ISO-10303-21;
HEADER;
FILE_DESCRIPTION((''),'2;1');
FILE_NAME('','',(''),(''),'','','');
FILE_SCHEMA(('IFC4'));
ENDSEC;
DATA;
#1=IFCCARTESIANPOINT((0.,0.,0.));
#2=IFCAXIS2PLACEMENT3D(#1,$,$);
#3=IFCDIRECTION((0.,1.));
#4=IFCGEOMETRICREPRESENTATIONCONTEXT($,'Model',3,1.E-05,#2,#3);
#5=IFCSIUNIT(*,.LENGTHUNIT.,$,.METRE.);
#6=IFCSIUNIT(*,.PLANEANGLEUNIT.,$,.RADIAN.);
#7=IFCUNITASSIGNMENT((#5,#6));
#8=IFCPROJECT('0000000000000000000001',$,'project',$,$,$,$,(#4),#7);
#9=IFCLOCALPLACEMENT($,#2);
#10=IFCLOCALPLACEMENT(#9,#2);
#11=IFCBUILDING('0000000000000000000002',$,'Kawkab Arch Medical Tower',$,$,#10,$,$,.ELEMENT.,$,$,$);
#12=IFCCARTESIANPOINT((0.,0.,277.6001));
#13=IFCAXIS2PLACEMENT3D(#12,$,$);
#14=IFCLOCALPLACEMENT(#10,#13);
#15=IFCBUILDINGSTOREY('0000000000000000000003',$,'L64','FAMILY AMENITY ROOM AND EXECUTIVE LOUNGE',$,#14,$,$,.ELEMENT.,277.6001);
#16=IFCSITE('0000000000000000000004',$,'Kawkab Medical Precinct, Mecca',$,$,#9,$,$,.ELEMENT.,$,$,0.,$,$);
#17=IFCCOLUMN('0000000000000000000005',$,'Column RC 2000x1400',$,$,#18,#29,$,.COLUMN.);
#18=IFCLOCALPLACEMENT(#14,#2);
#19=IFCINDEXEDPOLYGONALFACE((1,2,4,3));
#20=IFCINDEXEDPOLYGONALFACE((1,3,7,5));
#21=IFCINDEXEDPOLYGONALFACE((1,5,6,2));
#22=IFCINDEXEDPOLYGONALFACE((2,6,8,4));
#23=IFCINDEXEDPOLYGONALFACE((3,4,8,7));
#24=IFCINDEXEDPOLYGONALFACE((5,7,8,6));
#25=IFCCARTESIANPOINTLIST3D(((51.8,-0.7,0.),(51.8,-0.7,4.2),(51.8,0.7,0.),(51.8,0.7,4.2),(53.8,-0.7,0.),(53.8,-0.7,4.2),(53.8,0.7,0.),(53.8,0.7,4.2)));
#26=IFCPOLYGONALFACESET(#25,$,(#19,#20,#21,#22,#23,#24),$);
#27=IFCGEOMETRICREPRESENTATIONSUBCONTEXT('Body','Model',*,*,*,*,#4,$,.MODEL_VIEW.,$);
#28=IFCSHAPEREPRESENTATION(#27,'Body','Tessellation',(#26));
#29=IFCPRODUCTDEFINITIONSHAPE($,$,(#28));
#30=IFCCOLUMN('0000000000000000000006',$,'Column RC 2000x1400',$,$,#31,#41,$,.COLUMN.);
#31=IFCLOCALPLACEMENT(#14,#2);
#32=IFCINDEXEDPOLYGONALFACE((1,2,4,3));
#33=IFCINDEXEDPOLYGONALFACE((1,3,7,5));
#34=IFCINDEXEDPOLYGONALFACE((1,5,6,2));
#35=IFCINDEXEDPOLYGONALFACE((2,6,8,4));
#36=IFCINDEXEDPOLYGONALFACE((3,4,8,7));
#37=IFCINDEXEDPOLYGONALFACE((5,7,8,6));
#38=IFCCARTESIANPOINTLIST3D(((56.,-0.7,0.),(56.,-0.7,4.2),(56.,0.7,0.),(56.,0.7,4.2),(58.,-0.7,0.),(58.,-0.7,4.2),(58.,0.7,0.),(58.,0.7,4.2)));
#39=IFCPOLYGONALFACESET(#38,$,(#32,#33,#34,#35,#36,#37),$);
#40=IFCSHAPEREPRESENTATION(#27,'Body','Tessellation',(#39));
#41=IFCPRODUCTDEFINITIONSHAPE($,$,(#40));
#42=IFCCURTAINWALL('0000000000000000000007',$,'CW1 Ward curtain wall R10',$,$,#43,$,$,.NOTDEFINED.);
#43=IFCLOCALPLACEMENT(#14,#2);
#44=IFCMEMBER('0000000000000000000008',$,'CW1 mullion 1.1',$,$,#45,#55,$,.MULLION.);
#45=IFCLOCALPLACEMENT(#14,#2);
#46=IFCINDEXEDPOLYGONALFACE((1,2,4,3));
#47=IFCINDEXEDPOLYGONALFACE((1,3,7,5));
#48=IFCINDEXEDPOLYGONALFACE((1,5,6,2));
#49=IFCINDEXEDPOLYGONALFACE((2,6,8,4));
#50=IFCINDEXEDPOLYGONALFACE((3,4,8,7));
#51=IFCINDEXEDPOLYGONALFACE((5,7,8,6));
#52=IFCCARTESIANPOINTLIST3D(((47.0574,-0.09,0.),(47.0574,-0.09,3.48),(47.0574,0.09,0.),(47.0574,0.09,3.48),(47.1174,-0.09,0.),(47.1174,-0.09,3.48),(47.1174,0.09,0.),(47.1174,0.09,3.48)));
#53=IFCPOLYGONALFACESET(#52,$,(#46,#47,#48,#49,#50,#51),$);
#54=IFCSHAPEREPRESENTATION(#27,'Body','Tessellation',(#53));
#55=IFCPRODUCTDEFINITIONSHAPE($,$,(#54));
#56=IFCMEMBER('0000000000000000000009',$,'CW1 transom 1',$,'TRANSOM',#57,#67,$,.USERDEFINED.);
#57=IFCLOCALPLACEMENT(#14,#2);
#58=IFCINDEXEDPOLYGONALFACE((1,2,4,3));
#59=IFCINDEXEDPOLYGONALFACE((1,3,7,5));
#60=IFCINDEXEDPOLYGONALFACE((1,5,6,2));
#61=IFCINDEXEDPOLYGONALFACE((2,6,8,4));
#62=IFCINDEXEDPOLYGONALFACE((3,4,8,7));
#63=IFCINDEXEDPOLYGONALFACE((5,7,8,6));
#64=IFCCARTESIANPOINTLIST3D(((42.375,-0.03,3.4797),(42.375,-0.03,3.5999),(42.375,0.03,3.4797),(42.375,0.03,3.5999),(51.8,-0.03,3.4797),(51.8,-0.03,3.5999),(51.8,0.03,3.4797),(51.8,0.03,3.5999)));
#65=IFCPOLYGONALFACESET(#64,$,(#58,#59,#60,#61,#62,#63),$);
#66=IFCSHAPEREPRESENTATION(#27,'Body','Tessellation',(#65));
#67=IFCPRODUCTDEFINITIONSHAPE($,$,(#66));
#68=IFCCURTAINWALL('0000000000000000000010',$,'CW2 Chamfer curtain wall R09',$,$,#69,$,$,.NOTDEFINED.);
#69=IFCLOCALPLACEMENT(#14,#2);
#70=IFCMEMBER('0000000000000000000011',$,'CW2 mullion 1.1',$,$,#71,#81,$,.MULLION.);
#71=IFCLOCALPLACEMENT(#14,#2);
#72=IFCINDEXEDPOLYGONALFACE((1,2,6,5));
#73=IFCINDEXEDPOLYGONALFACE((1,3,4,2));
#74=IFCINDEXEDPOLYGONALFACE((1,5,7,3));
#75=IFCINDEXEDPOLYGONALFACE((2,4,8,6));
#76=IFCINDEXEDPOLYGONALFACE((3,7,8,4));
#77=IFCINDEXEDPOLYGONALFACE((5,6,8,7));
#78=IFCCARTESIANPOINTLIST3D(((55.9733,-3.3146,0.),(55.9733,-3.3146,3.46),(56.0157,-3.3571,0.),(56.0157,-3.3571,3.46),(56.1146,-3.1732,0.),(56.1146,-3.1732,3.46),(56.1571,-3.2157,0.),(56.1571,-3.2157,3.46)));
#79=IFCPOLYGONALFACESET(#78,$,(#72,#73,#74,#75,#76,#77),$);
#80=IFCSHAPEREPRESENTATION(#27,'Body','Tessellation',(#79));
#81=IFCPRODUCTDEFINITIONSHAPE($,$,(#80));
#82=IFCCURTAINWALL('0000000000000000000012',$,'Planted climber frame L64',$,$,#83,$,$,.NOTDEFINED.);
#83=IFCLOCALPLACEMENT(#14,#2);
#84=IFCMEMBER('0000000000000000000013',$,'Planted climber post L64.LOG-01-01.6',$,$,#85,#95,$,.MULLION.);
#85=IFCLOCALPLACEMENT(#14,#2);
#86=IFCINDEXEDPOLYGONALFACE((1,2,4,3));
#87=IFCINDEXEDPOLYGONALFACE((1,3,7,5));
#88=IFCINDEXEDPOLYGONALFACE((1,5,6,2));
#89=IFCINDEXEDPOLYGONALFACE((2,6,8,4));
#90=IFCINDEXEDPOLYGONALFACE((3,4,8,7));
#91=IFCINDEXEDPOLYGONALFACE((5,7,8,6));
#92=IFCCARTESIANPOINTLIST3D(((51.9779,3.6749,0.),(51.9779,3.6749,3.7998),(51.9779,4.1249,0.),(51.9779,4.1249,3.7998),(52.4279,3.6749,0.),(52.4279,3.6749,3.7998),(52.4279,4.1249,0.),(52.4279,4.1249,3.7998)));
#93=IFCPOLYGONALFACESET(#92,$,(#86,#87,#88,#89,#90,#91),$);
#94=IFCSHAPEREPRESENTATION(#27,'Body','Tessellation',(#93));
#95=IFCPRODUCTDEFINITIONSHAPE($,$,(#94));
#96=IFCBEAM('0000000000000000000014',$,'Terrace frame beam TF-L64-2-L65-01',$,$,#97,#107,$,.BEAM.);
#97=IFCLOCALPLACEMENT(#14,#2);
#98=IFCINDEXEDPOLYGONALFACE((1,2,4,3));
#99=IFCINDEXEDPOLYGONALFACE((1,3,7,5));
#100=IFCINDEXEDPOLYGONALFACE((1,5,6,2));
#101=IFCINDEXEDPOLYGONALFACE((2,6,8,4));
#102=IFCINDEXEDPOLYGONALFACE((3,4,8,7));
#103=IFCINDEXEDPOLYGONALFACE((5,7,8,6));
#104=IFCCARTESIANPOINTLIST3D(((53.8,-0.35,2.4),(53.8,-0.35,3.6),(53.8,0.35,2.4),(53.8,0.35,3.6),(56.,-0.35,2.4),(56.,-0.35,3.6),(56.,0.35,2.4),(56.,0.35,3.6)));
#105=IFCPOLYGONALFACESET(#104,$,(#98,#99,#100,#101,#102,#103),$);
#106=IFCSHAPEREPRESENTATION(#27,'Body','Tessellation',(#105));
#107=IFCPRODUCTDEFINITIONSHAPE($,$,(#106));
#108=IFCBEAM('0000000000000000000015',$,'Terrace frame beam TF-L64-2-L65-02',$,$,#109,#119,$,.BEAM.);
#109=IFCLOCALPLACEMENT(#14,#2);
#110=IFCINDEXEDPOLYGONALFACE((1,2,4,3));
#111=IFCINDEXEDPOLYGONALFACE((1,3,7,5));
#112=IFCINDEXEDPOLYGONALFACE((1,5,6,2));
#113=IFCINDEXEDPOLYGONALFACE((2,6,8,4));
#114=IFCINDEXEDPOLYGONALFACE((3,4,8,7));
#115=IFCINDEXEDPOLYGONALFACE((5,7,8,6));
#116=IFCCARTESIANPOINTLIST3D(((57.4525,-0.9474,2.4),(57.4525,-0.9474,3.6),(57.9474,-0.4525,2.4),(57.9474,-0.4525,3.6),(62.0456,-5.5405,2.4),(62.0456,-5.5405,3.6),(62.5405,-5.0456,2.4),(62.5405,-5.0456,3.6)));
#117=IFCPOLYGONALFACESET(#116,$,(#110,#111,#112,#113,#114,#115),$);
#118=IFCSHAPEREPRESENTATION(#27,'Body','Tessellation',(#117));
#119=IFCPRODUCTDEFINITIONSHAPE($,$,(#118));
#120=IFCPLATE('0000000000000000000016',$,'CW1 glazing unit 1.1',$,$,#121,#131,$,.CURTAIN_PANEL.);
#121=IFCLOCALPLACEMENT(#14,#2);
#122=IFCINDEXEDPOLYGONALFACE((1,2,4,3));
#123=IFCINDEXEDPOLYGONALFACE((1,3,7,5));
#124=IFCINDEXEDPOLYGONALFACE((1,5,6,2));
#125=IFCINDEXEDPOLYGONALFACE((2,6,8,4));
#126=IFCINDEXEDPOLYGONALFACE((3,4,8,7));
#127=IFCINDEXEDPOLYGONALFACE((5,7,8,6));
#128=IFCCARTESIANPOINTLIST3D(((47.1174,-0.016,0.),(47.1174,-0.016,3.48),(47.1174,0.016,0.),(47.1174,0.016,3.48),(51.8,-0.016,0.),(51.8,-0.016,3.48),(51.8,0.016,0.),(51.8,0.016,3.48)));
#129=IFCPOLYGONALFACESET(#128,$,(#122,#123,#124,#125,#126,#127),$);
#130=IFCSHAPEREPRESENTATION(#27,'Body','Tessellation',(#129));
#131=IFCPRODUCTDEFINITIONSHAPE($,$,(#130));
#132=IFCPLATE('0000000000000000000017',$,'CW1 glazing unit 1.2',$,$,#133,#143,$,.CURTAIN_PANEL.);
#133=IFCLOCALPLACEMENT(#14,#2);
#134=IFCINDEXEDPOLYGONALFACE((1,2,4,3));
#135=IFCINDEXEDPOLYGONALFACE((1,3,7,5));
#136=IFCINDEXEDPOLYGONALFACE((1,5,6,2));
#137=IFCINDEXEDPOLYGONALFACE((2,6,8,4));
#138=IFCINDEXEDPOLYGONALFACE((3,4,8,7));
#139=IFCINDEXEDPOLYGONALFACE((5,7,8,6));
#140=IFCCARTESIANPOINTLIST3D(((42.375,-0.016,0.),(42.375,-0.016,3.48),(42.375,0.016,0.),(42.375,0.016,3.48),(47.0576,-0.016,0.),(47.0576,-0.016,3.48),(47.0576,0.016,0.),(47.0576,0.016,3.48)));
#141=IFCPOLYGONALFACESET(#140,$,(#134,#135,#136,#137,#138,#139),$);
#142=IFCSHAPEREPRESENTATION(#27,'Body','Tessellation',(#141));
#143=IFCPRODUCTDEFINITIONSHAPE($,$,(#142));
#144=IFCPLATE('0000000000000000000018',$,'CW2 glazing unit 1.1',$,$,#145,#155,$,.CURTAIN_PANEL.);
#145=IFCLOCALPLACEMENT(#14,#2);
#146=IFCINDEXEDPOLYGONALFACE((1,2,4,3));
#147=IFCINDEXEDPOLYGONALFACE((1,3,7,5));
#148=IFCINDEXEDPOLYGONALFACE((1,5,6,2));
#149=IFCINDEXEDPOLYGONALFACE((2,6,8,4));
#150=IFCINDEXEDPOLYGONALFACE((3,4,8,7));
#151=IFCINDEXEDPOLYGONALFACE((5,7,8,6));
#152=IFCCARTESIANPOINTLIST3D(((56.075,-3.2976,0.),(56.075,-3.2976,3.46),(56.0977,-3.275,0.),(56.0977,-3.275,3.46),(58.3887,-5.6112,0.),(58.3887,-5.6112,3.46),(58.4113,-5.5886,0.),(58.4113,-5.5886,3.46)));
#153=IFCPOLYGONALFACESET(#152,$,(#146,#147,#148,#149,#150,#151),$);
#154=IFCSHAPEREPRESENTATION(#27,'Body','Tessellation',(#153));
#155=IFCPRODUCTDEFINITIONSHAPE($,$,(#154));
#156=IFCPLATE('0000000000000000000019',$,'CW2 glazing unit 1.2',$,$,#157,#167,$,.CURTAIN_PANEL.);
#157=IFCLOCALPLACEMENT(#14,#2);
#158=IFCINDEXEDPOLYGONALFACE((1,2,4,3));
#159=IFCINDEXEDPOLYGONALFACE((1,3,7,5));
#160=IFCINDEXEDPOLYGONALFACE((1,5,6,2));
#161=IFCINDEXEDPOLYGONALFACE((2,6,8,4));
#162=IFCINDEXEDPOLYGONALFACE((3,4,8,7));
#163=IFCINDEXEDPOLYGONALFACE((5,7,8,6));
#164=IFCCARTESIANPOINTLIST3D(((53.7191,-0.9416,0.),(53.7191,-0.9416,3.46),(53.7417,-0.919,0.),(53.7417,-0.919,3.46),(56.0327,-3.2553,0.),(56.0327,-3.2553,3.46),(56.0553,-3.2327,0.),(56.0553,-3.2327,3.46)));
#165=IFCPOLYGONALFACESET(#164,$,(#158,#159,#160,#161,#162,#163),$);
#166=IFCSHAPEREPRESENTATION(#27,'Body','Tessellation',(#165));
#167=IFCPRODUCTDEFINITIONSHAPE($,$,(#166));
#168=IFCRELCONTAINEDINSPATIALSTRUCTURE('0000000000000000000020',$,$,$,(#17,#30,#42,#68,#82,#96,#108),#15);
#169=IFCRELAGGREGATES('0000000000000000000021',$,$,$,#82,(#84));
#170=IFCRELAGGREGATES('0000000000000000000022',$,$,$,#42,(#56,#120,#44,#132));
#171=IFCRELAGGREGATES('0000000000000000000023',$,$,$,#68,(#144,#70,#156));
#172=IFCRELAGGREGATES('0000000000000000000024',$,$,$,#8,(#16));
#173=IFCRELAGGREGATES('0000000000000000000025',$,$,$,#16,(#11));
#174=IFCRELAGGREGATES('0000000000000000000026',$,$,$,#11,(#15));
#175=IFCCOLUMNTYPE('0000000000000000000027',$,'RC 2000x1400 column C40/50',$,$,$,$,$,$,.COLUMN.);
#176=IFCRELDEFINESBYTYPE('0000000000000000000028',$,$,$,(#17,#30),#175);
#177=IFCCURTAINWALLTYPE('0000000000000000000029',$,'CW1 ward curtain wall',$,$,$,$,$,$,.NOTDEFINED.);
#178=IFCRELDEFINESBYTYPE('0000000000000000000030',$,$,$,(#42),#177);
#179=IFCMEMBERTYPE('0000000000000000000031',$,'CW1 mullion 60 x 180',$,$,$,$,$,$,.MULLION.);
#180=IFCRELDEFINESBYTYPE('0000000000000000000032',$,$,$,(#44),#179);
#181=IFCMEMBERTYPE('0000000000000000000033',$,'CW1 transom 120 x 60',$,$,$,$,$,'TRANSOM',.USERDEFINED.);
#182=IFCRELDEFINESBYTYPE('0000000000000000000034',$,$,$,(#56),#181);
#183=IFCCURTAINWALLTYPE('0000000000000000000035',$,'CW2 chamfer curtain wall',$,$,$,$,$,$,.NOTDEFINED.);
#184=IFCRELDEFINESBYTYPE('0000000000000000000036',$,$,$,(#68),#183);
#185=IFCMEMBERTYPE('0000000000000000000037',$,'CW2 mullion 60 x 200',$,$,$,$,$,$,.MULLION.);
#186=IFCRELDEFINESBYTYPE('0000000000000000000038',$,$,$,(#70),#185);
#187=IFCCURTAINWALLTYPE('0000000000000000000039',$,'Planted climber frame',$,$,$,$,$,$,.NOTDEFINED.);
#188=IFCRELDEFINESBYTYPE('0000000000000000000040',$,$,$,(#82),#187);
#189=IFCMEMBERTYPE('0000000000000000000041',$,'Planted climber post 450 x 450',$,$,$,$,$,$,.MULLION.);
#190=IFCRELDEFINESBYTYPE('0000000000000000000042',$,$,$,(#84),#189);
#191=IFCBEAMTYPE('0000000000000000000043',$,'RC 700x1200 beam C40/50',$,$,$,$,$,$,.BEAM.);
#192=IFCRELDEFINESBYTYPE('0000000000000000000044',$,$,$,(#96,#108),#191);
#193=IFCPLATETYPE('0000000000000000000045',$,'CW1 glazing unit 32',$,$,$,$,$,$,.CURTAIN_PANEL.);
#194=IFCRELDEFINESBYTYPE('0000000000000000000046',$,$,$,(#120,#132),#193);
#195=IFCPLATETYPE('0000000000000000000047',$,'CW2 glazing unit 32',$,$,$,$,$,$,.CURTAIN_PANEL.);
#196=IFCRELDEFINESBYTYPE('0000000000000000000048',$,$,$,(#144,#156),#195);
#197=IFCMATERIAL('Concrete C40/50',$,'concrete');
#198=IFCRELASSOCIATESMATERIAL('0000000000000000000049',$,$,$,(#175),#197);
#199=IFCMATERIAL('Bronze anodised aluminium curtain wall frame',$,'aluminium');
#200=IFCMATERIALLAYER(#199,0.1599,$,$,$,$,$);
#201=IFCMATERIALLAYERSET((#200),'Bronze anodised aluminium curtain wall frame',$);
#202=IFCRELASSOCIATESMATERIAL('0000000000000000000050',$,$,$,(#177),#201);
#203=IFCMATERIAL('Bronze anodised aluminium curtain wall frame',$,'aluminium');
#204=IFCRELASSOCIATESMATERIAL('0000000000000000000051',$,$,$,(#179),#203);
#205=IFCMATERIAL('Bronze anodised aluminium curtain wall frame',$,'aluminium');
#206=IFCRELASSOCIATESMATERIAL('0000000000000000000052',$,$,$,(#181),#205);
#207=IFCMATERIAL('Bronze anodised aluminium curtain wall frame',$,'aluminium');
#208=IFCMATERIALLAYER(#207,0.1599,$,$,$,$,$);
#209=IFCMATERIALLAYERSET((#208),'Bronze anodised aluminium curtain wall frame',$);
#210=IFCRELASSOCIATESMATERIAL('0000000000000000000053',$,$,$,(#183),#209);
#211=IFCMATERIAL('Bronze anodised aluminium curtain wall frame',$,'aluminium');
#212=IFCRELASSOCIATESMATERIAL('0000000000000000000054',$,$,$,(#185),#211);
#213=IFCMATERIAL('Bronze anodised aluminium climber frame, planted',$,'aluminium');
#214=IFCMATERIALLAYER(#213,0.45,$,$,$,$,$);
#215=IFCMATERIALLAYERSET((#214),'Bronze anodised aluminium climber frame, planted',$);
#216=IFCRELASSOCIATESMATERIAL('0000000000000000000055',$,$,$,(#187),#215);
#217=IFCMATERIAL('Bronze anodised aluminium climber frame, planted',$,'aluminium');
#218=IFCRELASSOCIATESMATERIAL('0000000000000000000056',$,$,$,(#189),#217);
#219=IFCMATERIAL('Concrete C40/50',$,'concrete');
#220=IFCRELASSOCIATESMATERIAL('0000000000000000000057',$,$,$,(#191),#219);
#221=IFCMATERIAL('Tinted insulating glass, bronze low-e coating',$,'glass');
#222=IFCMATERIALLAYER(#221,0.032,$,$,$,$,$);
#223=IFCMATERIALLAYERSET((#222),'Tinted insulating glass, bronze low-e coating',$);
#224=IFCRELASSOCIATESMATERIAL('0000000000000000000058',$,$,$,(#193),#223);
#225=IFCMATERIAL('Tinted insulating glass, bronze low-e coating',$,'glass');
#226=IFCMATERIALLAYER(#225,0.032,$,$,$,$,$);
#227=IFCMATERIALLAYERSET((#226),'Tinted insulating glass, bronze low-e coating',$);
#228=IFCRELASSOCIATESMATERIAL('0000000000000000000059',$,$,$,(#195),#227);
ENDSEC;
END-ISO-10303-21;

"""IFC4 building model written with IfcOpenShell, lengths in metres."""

from ifc_helpers import new_model, si_unit, direction, frame, origin, origin_2d, place, context, subcontext, project, spatial, rectangle, extrude, material, layer, layer_set, material_profile, profile_set, type_object, element, aggregate, save


model = new_model("IFC4")

# Units and contexts
model_context = context("Model", 3, precision=1e-05, world=origin(), true_north=direction((0.0, 1.0)))
body_context = subcontext(model_context, "Body", "Model", "MODEL_VIEW")
ifc_project = project(units=[si_unit("LENGTHUNIT", "METRE"), si_unit("PLANEANGLEUNIT", "RADIAN")], contexts=[model_context])

# Site, building, storey
site_placement = place(None, origin())
site = spatial("IfcSite", under=ifc_project, at=site_placement, Name="Kawkab Medical Precinct, Mecca", CompositionType="ELEMENT", RefElevation=0.0)
building_placement = place(site_placement, origin())
building = spatial("IfcBuilding", under=site, at=building_placement, Name="Kawkab Arch Medical Tower", CompositionType="ELEMENT")
storey_placement = place(building_placement, frame((0.0, 0.0, 277.6001)))
storey = spatial("IfcBuildingStorey", under=building, at=storey_placement, Name="L64", Description="FAMILY AMENITY ROOM AND EXECUTIVE LOUNGE", CompositionType="ELEMENT", Elevation=277.6001)

# Columns
ifc_material_1 = material(Name="Concrete C40/50", Category="concrete")
ifc_material_profile_1 = material_profile(ifc_material_1, rectangle(XDim=2.0, YDim=1.3999, at=origin_2d()), Name="RC 2000x1400")
ifc_profile_set_1 = profile_set([ifc_material_profile_1], Name="Concrete C40/50")
column_type = type_object("IfcColumnType", Name="RC 2000x1400 column C40/50", PredefinedType="COLUMN", material=ifc_profile_set_1)
for number, where, z_axis, x_axis, name in (
    (1, (52.8, 0.0, 0.0), (0.0, 0.0, 1.0), (1.0, 0.0, 0.0), "Column RC 2000x1400"),
    (2, (57.0, 0.0, 0.0), (0.0, 0.0, 1.0), (1.0, 0.0, 0.0), "Column RC 2000x1400"),
):
    element("IfcColumn", number, at=place(storey_placement, frame(where, z_axis=z_axis, x_axis=x_axis)), inside=storey, type_object=column_type, Name=name, PredefinedType="COLUMN", context=body_context, shape_type="SweptSolid", body=[
        extrude(rectangle(XDim=2.0, YDim=1.3999, at=origin_2d()), origin(), (0.0, 0.0, 1.0), 4.2),
    ])

# Curtain wall, members
ifc_material_2 = material(Name="Bronze anodised aluminium curtain wall frame", Category="aluminium")
ifc_layer_1 = layer(ifc_material_2, 0.1599)
ifc_layer_set_1 = layer_set([ifc_layer_1], Name="Bronze anodised aluminium curtain wall frame")
curtain_wall_type_1 = type_object("IfcCurtainWallType", Name="CW1 ward curtain wall", PredefinedType="NOTDEFINED", material=ifc_layer_set_1)
placement = place(storey_placement, origin())
curtain_wall_1 = element("IfcCurtainWall", 3, at=placement, inside=storey, type_object=curtain_wall_type_1, Name="CW1 Ward curtain wall R10", PredefinedType="NOTDEFINED")
ifc_material_3 = material(Name="Bronze anodised aluminium curtain wall frame", Category="aluminium")
ifc_material_profile_2 = material_profile(ifc_material_3, rectangle(XDim=0.1799, YDim=0.0601, at=origin_2d()), Name="AL 60x180")
ifc_profile_set_2 = profile_set([ifc_material_profile_2], Name="Bronze anodised aluminium curtain wall frame")
member_type_1 = type_object("IfcMemberType", Name="CW1 mullion 60 x 180", PredefinedType="MULLION", material=ifc_profile_set_2)
member_1_placement = place(storey_placement, frame((47.0874, 0.0, 0.0), z_axis=(0.0, 0.0, 1.0), x_axis=(0.0, -1.0, 0.0)))
member_1 = element("IfcMember", 4, at=member_1_placement, type_object=member_type_1, Name="CW1 mullion 1.1", PredefinedType="MULLION", context=body_context, shape_type="SweptSolid", body=[
    extrude(rectangle(XDim=0.1799, YDim=0.0601, at=origin_2d()), origin(), (0.0, 0.0, 1.0), 3.48),
])
ifc_material_4 = material(Name="Bronze anodised aluminium curtain wall frame", Category="aluminium")
ifc_material_profile_3 = material_profile(ifc_material_4, rectangle(XDim=0.0601, YDim=0.1201, at=origin_2d()), Name="AL 60x120")
ifc_profile_set_3 = profile_set([ifc_material_profile_3], Name="Bronze anodised aluminium curtain wall frame")
member_type_2 = type_object("IfcMemberType", Name="CW1 transom 120 x 60", ElementType="TRANSOM", PredefinedType="USERDEFINED", material=ifc_profile_set_3)
member_2_placement = place(storey_placement, frame((51.8, 0.0, 3.5398), z_axis=(-1.0, 0.0, 0.0), x_axis=(0.0, -1.0, 0.0)))
member_2 = element("IfcMember", 5, at=member_2_placement, type_object=member_type_2, Name="CW1 transom 1", ObjectType="TRANSOM", PredefinedType="USERDEFINED", context=body_context, shape_type="SweptSolid", body=[
    extrude(rectangle(XDim=0.0601, YDim=0.1201, at=origin_2d()), origin(), (0.0, 0.0, 1.0), 9.425),
])

# Curtain walls, members
ifc_material_5 = material(Name="Bronze anodised aluminium curtain wall frame", Category="aluminium")
ifc_layer_2 = layer(ifc_material_5, 0.1599)
ifc_layer_set_2 = layer_set([ifc_layer_2], Name="Bronze anodised aluminium curtain wall frame")
curtain_wall_type_2 = type_object("IfcCurtainWallType", Name="CW2 chamfer curtain wall", PredefinedType="NOTDEFINED", material=ifc_layer_set_2)
curtain_wall_2 = element("IfcCurtainWall", 6, at=placement, inside=storey, type_object=curtain_wall_type_2, Name="CW2 Chamfer curtain wall R09", PredefinedType="NOTDEFINED")
ifc_material_6 = material(Name="Bronze anodised aluminium curtain wall frame", Category="aluminium")
ifc_material_profile_4 = material_profile(ifc_material_6, rectangle(XDim=0.2, YDim=0.0601, at=origin_2d()), Name="AL 60x200")
ifc_profile_set_4 = profile_set([ifc_material_profile_4], Name="Bronze anodised aluminium curtain wall frame")
member_type_3 = type_object("IfcMemberType", Name="CW2 mullion 60 x 200", PredefinedType="MULLION", material=ifc_profile_set_4)
member_3_placement = place(storey_placement, frame((56.0652, -3.2651, 0.0), z_axis=(0.0, 0.0, 1.0), x_axis=(-0.707107, -0.707107, 0.0)))
member_3 = element("IfcMember", 7, at=member_3_placement, type_object=member_type_3, Name="CW2 mullion 1.1", PredefinedType="MULLION", context=body_context, shape_type="SweptSolid", body=[
    extrude(rectangle(XDim=0.2, YDim=0.0601, at=origin_2d()), origin(), (0.0, 0.0, 1.0), 3.46),
])
ifc_material_7 = material(Name="Bronze anodised aluminium climber frame, planted", Category="aluminium")
ifc_layer_3 = layer(ifc_material_7, 0.45)
ifc_layer_set_3 = layer_set([ifc_layer_3], Name="Bronze anodised aluminium climber frame, planted")
curtain_wall_type_3 = type_object("IfcCurtainWallType", Name="Planted climber frame", PredefinedType="NOTDEFINED", material=ifc_layer_set_3)
curtain_wall_3 = element("IfcCurtainWall", 8, at=placement, inside=storey, type_object=curtain_wall_type_3, Name="Planted climber frame L64", PredefinedType="NOTDEFINED")
ifc_material_8 = material(Name="Bronze anodised aluminium climber frame, planted", Category="aluminium")
ifc_material_profile_5 = material_profile(ifc_material_8, rectangle(XDim=0.45, YDim=0.45, at=origin_2d()), Name="Post 450x450")
ifc_profile_set_5 = profile_set([ifc_material_profile_5], Name="Bronze anodised aluminium climber frame, planted")
member_type_4 = type_object("IfcMemberType", Name="Planted climber post 450 x 450", PredefinedType="MULLION", material=ifc_profile_set_5)
member_4_placement = place(storey_placement, frame((52.2029, 3.8999, 0.0), z_axis=(0.0, 0.0, 1.0), x_axis=(1.0, 0.0, 0.0)))
member_4 = element("IfcMember", 9, at=member_4_placement, type_object=member_type_4, Name="Planted climber post L64.LOG-01-01.6", PredefinedType="MULLION", context=body_context, shape_type="SweptSolid", body=[
    extrude(rectangle(XDim=0.45, YDim=0.45, at=origin_2d()), origin(), (0.0, 0.0, 1.0), 3.7998),
])
aggregate(curtain_wall_3, [member_4])

# Beams
ifc_material_9 = material(Name="Concrete C40/50", Category="concrete")
ifc_material_profile_6 = material_profile(ifc_material_9, rectangle(XDim=0.7, YDim=1.2, at=origin_2d()), Name="RC 700x1200")
ifc_profile_set_6 = profile_set([ifc_material_profile_6], Name="Concrete C40/50")
beam_type = type_object("IfcBeamType", Name="RC 700x1200 beam C40/50", PredefinedType="BEAM", material=ifc_profile_set_6)
beam_1_placement = place(storey_placement, frame((53.8, 0.0, 3.0), z_axis=(1.0, 0.0, 0.0), x_axis=(0.0, 1.0, 0.0)))
element("IfcBeam", 10, at=beam_1_placement, inside=storey, type_object=beam_type, Name="Terrace frame beam TF-L64-2-L65-01", PredefinedType="BEAM", context=body_context, shape_type="SweptSolid", body=[
    extrude(rectangle(XDim=0.7, YDim=1.2, at=origin_2d()), origin(), (0.0, 0.0, 1.0), 2.2),
])
beam_2_placement = place(storey_placement, frame((57.7, -0.7, 3.0), z_axis=(0.707107, -0.707107, 0.0), x_axis=(0.707107, 0.707107, 0.0)))
element("IfcBeam", 11, at=beam_2_placement, inside=storey, type_object=beam_type, Name="Terrace frame beam TF-L64-2-L65-02", PredefinedType="BEAM", context=body_context, shape_type="SweptSolid", body=[
    extrude(rectangle(XDim=0.7, YDim=1.2, at=origin_2d()), origin(), (0.0, 0.0, 1.0), 6.4956),
])

# Plates
ifc_material_10 = material(Name="Tinted insulating glass, bronze low-e coating", Category="glass")
ifc_layer_4 = layer(ifc_material_10, 0.032)
ifc_layer_set_4 = layer_set([ifc_layer_4], Name="Tinted insulating glass, bronze low-e coating")
plate_type_1 = type_object("IfcPlateType", Name="CW1 glazing unit 32", PredefinedType="CURTAIN_PANEL", material=ifc_layer_set_4)
plate_1_placement = place(storey_placement, frame((49.4587, 0.0, 0.0), z_axis=(0.0, 0.0, 1.0), x_axis=(-1.0, 0.0, 0.0)))
plate_1 = element("IfcPlate", 12, at=plate_1_placement, type_object=plate_type_1, Name="CW1 glazing unit 1.1", PredefinedType="CURTAIN_PANEL", context=body_context, shape_type="SweptSolid", body=[
    extrude(rectangle(XDim=4.6826, YDim=0.032, at=origin_2d()), origin(), (0.0, 0.0, 1.0), 3.48),
])
plate_2_placement = place(storey_placement, frame((44.7163, 0.0, 0.0), z_axis=(0.0, 0.0, 1.0), x_axis=(-1.0, 0.0, 0.0)))
plate_2 = element("IfcPlate", 13, at=plate_2_placement, type_object=plate_type_1, Name="CW1 glazing unit 1.2", PredefinedType="CURTAIN_PANEL", context=body_context, shape_type="SweptSolid", body=[
    extrude(rectangle(XDim=4.6826, YDim=0.032, at=origin_2d()), origin(), (0.0, 0.0, 1.0), 3.48),
])
aggregate(curtain_wall_1, [member_2, plate_1, member_1, plate_2])
ifc_material_11 = material(Name="Tinted insulating glass, bronze low-e coating", Category="glass")
ifc_layer_5 = layer(ifc_material_11, 0.032)
ifc_layer_set_5 = layer_set([ifc_layer_5], Name="Tinted insulating glass, bronze low-e coating")
plate_type_2 = type_object("IfcPlateType", Name="CW2 glazing unit 32", PredefinedType="CURTAIN_PANEL", material=ifc_layer_set_5)
plate_3_placement = place(storey_placement, frame((57.2432, -4.4431, 0.0), z_axis=(0.0, 0.0, 1.0), x_axis=(-0.707107, 0.707107, 0.0)))
plate_3 = element("IfcPlate", 14, at=plate_3_placement, type_object=plate_type_2, Name="CW2 glazing unit 1.1", PredefinedType="CURTAIN_PANEL", context=body_context, shape_type="SweptSolid", body=[
    extrude(rectangle(XDim=3.272, YDim=0.032, at=origin_2d()), origin(), (0.0, 0.0, 1.0), 3.46),
])
plate_4_placement = place(storey_placement, frame((54.8872, -2.0872, 0.0), z_axis=(0.0, 0.0, 1.0), x_axis=(-0.707107, 0.707107, 0.0)))
plate_4 = element("IfcPlate", 15, at=plate_4_placement, type_object=plate_type_2, Name="CW2 glazing unit 1.2", PredefinedType="CURTAIN_PANEL", context=body_context, shape_type="SweptSolid", body=[
    extrude(rectangle(XDim=3.272, YDim=0.032, at=origin_2d()), origin(), (0.0, 0.0, 1.0), 3.46),
])
aggregate(curtain_wall_2, [plate_3, member_3, plate_4])

save(model, "model.ifc")
